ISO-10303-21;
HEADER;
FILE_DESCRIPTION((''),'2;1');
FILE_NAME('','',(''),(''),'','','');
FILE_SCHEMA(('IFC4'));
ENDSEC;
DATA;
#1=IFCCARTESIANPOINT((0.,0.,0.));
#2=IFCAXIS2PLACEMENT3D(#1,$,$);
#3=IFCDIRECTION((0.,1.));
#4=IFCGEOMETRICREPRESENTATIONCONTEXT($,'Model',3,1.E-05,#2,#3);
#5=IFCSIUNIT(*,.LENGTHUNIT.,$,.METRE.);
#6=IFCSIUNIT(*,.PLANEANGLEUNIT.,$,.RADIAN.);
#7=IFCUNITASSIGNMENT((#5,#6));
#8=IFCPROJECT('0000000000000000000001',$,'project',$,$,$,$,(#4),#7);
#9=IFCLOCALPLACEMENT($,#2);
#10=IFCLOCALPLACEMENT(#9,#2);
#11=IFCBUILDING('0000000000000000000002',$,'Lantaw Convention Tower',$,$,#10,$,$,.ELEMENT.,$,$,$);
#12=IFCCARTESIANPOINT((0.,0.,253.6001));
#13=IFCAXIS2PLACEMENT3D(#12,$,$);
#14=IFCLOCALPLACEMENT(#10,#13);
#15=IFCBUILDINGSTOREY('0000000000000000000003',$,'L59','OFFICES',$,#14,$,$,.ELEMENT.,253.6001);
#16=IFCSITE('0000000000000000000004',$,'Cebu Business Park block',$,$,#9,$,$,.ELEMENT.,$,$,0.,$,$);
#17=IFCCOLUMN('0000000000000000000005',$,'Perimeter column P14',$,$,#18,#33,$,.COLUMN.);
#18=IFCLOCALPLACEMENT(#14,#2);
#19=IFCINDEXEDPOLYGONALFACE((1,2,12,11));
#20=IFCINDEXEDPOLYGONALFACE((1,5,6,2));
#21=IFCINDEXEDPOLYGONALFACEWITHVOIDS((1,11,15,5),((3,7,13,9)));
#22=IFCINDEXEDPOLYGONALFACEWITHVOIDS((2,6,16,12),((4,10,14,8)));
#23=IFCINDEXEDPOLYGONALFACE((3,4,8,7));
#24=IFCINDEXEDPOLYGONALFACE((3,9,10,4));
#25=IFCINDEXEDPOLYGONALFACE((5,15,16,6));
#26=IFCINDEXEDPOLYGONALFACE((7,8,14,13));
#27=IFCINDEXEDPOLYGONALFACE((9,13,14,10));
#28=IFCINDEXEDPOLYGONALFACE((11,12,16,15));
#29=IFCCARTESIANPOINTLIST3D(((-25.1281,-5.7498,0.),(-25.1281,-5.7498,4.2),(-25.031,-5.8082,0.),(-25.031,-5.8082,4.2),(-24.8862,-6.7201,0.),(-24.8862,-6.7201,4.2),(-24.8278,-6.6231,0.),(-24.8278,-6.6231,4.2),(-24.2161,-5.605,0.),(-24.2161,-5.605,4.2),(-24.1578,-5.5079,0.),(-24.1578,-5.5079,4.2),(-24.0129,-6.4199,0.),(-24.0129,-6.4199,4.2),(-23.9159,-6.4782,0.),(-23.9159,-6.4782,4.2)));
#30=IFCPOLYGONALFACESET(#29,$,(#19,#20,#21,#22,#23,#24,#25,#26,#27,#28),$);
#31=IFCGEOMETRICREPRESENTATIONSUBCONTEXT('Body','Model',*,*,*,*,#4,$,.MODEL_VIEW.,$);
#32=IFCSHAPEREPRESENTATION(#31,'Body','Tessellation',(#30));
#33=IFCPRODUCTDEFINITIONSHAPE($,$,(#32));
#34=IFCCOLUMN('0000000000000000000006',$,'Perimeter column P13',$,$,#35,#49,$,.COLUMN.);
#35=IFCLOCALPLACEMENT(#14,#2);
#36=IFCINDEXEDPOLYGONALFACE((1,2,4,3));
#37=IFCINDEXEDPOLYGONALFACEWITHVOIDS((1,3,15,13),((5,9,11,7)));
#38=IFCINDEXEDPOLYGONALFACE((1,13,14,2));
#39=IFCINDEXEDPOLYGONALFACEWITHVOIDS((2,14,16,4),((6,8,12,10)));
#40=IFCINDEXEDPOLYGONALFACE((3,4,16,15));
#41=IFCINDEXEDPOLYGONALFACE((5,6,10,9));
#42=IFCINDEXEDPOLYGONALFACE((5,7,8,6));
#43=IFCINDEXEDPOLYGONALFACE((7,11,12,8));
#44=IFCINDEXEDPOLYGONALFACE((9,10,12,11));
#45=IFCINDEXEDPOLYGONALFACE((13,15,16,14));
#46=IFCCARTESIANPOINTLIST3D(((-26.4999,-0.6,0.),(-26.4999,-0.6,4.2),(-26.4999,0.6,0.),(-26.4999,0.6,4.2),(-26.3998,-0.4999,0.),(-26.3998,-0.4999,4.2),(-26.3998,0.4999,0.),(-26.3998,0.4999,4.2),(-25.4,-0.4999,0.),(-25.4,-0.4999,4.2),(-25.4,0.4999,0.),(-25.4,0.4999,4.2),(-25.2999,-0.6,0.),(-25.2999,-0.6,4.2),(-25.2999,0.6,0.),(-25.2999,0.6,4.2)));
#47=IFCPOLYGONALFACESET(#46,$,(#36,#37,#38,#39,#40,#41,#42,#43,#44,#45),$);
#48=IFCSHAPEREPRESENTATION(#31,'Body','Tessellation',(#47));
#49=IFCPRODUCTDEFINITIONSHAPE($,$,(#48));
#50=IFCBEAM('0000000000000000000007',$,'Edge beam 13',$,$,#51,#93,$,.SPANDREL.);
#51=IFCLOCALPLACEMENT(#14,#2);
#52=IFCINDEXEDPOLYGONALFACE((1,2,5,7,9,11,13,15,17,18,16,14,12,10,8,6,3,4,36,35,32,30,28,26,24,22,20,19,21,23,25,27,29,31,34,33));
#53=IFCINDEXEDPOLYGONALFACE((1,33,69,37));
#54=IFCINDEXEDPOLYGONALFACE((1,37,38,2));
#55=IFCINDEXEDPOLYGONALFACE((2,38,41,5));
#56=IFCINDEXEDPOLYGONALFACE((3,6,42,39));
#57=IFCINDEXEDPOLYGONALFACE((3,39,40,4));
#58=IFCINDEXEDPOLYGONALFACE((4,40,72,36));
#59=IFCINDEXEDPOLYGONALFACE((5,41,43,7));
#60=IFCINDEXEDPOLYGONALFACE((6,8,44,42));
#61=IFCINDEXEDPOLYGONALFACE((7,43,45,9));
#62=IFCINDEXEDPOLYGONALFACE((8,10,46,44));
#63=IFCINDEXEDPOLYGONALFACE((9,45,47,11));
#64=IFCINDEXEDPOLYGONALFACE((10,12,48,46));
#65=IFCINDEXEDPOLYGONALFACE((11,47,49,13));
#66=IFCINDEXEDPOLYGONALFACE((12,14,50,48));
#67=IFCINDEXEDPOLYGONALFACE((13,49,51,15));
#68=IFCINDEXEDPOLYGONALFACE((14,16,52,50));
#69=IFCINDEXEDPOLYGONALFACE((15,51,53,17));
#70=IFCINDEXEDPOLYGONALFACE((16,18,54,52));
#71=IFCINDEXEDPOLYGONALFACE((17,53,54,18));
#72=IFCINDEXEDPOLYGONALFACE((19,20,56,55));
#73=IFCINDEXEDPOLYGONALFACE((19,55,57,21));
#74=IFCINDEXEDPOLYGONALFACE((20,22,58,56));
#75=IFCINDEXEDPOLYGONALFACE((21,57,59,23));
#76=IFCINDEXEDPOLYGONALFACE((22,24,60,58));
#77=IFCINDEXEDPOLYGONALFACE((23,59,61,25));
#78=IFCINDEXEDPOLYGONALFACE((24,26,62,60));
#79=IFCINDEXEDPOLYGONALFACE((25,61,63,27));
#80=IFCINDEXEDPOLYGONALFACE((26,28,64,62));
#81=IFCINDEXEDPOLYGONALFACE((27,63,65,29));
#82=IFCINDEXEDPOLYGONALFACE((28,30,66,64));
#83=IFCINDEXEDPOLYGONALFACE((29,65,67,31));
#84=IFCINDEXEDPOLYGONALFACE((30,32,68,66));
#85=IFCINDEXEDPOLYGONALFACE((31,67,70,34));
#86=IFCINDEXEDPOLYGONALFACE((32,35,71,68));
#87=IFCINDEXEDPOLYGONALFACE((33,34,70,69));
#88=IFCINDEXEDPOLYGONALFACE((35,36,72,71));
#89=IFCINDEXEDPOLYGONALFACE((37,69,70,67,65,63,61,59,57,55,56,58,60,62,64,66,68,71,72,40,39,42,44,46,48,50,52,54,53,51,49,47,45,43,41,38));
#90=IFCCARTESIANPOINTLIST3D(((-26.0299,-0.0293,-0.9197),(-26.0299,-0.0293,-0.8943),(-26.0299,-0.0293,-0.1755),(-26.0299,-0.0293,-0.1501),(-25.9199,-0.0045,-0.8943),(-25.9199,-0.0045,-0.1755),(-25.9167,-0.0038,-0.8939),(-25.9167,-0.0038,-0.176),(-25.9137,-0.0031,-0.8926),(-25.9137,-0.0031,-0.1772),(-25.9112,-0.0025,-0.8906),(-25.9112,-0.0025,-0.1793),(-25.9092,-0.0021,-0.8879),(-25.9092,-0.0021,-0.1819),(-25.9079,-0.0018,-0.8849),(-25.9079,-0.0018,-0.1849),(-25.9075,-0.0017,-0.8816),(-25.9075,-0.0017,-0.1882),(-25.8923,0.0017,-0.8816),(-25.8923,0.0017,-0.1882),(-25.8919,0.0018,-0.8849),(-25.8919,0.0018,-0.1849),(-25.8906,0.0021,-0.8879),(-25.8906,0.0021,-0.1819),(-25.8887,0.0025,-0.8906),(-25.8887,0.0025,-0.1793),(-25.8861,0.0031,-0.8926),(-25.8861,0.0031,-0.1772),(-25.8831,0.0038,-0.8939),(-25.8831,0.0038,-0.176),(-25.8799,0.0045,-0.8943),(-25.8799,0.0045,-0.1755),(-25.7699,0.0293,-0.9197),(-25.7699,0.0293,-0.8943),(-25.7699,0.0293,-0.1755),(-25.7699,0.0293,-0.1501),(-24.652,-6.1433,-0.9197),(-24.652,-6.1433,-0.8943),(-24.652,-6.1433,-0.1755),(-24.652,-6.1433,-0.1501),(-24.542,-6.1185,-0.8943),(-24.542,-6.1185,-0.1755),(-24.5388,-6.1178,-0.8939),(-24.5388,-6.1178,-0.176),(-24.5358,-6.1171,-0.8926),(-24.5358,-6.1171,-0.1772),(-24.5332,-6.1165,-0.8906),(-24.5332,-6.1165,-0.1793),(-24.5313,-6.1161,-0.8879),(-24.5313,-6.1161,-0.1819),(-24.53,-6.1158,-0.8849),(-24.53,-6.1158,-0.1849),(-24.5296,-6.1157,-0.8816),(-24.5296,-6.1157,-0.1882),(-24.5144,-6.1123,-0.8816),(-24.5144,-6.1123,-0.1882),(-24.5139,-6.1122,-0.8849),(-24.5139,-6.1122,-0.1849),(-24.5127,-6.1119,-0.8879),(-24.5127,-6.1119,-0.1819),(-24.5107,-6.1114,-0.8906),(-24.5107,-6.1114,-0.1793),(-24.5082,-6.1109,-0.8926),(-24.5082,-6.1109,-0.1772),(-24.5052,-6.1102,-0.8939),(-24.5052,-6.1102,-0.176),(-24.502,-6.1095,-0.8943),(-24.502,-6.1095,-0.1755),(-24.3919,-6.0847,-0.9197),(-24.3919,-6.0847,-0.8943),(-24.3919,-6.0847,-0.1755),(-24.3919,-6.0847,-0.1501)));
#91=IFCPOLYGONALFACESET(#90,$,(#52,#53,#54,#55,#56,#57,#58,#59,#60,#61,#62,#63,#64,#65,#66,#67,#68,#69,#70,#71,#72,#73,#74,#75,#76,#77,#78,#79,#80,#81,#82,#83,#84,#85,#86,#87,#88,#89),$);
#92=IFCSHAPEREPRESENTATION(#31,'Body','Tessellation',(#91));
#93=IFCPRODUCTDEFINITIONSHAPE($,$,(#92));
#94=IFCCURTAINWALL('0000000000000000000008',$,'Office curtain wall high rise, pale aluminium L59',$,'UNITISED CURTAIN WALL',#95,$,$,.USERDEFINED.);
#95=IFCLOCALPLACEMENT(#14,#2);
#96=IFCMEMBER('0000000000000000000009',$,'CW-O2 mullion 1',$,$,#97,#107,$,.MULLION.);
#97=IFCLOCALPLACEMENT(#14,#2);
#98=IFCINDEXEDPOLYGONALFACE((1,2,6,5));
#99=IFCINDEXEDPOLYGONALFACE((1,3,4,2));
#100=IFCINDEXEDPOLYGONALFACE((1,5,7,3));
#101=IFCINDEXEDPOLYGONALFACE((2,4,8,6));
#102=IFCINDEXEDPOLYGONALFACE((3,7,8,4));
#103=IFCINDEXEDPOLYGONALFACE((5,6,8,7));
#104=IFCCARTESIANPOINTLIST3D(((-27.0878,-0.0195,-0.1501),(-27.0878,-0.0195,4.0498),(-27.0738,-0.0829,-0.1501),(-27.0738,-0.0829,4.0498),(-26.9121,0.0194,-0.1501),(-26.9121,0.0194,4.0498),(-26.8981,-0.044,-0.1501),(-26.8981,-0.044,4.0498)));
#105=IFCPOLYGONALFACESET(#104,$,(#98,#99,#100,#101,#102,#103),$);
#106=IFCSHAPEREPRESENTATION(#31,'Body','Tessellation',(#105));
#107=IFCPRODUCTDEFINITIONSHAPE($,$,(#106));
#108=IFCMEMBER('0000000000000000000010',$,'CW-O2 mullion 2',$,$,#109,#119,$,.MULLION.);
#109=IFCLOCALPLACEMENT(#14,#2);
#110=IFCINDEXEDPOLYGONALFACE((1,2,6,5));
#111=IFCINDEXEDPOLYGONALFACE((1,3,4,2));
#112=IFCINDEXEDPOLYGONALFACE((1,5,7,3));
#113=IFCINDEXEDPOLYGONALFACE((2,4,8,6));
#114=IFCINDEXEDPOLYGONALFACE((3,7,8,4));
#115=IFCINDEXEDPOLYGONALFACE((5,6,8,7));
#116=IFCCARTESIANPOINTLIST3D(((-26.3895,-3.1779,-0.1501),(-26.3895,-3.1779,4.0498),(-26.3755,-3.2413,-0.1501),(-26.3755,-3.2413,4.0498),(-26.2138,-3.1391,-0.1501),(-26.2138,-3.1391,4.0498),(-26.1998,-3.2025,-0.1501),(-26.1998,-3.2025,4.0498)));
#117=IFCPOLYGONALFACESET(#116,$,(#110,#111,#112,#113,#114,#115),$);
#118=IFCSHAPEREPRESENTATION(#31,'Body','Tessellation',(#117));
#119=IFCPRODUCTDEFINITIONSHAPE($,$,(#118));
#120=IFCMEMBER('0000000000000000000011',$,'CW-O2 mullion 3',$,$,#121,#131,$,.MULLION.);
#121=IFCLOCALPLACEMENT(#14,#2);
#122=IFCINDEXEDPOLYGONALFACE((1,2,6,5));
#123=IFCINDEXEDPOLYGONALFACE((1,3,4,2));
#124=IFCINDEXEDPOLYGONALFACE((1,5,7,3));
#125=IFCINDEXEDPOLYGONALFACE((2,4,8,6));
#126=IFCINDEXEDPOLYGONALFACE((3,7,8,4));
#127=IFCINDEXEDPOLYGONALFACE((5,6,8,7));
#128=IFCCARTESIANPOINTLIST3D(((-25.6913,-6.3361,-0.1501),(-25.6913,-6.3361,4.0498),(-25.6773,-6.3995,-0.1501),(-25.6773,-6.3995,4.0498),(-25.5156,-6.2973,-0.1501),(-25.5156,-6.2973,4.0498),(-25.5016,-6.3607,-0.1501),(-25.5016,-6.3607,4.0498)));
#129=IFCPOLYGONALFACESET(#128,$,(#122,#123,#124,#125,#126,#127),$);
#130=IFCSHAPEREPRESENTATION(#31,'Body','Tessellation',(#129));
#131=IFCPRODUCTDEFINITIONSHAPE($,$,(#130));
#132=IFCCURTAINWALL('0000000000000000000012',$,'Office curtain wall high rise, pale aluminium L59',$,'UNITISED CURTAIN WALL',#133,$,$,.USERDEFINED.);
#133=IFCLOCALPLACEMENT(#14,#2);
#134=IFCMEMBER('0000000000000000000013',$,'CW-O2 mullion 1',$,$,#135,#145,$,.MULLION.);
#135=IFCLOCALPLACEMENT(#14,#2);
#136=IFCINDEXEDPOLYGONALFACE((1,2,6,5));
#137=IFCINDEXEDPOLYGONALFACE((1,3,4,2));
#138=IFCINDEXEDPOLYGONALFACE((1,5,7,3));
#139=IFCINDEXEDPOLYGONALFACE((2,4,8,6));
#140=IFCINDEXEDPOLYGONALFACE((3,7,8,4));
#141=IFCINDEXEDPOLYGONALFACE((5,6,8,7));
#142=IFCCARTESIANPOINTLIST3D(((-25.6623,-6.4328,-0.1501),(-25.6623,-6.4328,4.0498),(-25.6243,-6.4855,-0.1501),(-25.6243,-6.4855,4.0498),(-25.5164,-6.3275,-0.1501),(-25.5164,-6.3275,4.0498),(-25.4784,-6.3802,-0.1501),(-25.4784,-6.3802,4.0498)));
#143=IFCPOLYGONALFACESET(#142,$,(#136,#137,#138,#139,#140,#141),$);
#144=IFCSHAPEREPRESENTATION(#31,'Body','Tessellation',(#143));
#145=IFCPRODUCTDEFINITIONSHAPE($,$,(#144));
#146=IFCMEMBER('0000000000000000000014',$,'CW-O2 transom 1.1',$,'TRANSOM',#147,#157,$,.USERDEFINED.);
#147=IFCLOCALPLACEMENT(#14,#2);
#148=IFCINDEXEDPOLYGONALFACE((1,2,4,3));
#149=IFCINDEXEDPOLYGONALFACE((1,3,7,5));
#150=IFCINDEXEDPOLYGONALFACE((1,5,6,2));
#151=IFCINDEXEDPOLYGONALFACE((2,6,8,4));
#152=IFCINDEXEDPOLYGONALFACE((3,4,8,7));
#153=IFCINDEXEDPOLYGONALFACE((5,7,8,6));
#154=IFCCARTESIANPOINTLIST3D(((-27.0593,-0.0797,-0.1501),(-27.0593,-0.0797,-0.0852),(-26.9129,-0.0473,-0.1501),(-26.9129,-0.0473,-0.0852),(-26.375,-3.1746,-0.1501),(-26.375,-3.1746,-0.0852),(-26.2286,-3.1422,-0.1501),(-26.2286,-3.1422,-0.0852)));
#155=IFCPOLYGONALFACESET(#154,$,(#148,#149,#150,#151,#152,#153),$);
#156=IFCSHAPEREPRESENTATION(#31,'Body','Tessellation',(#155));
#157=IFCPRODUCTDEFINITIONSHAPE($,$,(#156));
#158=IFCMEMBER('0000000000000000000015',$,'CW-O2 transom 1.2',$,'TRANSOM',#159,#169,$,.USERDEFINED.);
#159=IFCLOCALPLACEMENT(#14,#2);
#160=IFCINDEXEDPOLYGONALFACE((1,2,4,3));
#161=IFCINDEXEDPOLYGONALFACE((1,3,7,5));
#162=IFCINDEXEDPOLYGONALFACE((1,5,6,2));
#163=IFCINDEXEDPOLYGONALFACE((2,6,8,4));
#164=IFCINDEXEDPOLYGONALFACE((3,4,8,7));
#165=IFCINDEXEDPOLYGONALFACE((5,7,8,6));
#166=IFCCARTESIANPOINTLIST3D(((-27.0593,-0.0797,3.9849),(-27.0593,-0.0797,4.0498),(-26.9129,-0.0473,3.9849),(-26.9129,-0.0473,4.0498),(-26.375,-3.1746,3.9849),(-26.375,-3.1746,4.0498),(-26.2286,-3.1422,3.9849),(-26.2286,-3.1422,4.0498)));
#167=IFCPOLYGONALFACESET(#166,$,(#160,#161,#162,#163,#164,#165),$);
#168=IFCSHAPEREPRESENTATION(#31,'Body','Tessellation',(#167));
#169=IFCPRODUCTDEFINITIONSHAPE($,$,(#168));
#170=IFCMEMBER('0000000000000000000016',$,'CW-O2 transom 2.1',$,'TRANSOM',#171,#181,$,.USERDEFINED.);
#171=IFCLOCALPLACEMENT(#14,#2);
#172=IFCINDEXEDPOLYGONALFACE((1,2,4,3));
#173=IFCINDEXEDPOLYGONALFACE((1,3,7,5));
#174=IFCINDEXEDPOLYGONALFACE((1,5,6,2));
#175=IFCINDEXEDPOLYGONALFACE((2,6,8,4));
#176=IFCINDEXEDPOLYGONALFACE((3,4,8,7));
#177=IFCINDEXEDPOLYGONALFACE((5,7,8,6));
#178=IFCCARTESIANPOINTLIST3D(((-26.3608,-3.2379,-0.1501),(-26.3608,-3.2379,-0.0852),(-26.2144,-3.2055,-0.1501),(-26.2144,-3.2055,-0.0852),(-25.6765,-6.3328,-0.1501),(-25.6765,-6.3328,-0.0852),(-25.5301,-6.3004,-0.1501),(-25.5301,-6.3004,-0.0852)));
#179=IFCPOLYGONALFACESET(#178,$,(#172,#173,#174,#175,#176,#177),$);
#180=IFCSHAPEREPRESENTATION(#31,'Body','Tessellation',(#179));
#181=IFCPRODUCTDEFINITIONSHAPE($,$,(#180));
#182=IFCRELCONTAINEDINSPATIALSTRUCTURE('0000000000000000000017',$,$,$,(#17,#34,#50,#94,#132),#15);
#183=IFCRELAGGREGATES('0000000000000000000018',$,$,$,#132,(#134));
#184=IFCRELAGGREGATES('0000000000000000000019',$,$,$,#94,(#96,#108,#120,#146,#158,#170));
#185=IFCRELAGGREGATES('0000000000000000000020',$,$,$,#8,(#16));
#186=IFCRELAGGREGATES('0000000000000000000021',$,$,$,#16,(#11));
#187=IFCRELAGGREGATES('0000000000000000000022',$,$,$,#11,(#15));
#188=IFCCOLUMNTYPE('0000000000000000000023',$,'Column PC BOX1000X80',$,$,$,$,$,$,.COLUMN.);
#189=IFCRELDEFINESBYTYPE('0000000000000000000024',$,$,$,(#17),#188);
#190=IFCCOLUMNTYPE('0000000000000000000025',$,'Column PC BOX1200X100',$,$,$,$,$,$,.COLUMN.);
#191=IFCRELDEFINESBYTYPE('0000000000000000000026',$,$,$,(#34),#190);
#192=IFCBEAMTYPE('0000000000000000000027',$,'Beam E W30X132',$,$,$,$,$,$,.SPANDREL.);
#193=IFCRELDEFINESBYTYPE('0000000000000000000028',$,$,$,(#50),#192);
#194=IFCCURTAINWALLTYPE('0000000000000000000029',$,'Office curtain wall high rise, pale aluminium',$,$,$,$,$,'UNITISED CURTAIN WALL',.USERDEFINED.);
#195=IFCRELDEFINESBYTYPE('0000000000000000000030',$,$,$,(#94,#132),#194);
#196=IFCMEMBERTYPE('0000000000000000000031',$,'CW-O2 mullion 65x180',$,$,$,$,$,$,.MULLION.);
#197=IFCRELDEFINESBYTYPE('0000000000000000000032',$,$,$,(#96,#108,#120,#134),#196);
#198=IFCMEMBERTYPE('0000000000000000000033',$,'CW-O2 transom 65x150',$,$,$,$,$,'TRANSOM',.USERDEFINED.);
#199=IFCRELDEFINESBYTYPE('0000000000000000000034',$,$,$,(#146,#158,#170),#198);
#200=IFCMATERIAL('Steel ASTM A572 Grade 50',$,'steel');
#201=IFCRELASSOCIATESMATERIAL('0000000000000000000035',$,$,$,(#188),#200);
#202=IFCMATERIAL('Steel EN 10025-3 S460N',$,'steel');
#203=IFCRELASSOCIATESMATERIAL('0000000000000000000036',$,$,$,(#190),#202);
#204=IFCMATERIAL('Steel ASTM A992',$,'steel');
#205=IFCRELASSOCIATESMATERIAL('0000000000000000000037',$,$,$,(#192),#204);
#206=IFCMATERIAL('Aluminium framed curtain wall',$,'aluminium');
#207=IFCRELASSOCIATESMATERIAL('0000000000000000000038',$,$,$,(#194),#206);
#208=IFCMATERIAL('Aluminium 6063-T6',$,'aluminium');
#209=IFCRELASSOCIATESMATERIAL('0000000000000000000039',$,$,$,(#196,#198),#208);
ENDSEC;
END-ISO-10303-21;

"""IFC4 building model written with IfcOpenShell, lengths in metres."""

from ifc_helpers import new_model, si_unit, direction, frame, origin, origin_2d, place, context, subcontext, project, spatial, rectangle, hollow_rectangle, i_section, extrude, material, material_profile, profile_set, type_object, element, aggregate, save


model = new_model("IFC4")

# Units and contexts
model_context = context("Model", 3, precision=1e-05, world=origin(), true_north=direction((0.0, 1.0)))
body_context = subcontext(model_context, "Body", "Model", "MODEL_VIEW")
ifc_project = project(units=[si_unit("LENGTHUNIT", "METRE"), si_unit("PLANEANGLEUNIT", "RADIAN")], contexts=[model_context])

# Site, building, storey
site_placement = place(None, origin())
site = spatial("IfcSite", under=ifc_project, at=site_placement, Name="Cebu Business Park block", CompositionType="ELEMENT", RefElevation=0.0)
building_placement = place(site_placement, origin())
building = spatial("IfcBuilding", under=site, at=building_placement, Name="Lantaw Convention Tower", CompositionType="ELEMENT")
storey_placement = place(building_placement, frame((0.0, 0.0, 253.6001)))
storey = spatial("IfcBuildingStorey", under=building, at=storey_placement, Name="L59", Description="OFFICES", CompositionType="ELEMENT", Elevation=253.6001)

# Columns
ifc_material_1 = material(Name="Steel ASTM A572 Grade 50", Category="steel")
ifc_material_profile_1 = material_profile(ifc_material_1, hollow_rectangle(XDim=1.0, YDim=1.0, WallThickness=0.0801, at=origin_2d()), Name="BOX1000X80")
ifc_material_2 = material(Name="Concrete C60/75", Category="concrete")
ifc_material_profile_2 = material_profile(ifc_material_2, rectangle(XDim=0.8401, YDim=0.8401, at=origin_2d()), Name="Concrete fill of BOX1000X80")
ifc_profile_set_1 = profile_set([ifc_material_profile_1, ifc_material_profile_2], Name="Steel ASTM A572 Grade 50")
column_type_1 = type_object("IfcColumnType", Name="Column PC BOX1000X80", PredefinedType="COLUMN", material=ifc_profile_set_1)
column_1_placement = place(storey_placement, frame((-24.522, -6.114, 0.0), z_axis=(0.0, 0.0, 1.0), x_axis=(0.970296, 0.241922, 0.0)))
element("IfcColumn", 1, at=column_1_placement, inside=storey, type_object=column_type_1, Name="Perimeter column P14", PredefinedType="COLUMN", context=body_context, shape_type="SweptSolid", body=[
    extrude(hollow_rectangle(XDim=1.0, YDim=1.0, WallThickness=0.0801, at=origin_2d()), origin(), (0.0, 0.0, 1.0), 4.2),
])
ifc_material_3 = material(Name="Steel EN 10025-3 S460N", Category="steel")
ifc_material_profile_3 = material_profile(ifc_material_3, hollow_rectangle(XDim=1.2, YDim=1.2, WallThickness=0.1001, at=origin_2d()), Name="BOX1200X100")
ifc_material_profile_4 = material_profile(ifc_material_2, rectangle(XDim=1.0, YDim=1.0, at=origin_2d()), Name="Concrete fill of BOX1200X100")
ifc_profile_set_2 = profile_set([ifc_material_profile_3, ifc_material_profile_4], Name="Steel EN 10025-3 S460N")
column_type_2 = type_object("IfcColumnType", Name="Column PC BOX1200X100", PredefinedType="COLUMN", material=ifc_profile_set_2)
column_2_placement = place(storey_placement, frame((-25.8999, 0.0, 0.0), z_axis=(0.0, 0.0, 1.0), x_axis=(1.0, 0.0, 0.0)))
element("IfcColumn", 2, at=column_2_placement, inside=storey, type_object=column_type_2, Name="Perimeter column P13", PredefinedType="COLUMN", context=body_context, shape_type="SweptSolid", body=[
    extrude(hollow_rectangle(XDim=1.2, YDim=1.2, WallThickness=0.1001, at=origin_2d()), origin(), (0.0, 0.0, 1.0), 4.2),
])

# Beam
ifc_material_4 = material(Name="Steel ASTM A992", Category="steel")
ifc_material_profile_5 = material_profile(ifc_material_4, i_section(OverallWidth=0.2666, OverallDepth=0.7695, WebThickness=0.0156, FlangeThickness=0.0254, FilletRadius=0.0127, at=origin_2d()), Name="W30X132")
ifc_profile_set_3 = profile_set([ifc_material_profile_5], Name="Steel ASTM A992")
beam_type = type_object("IfcBeamType", Name="Beam E W30X132", PredefinedType="SPANDREL", material=ifc_profile_set_3)
beam_placement = place(storey_placement, frame((-25.8999, 0.0, -0.5349), z_axis=(0.219858, -0.975532, 0.0), x_axis=(0.975532, 0.219858, 0.0)))
element("IfcBeam", 3, at=beam_placement, inside=storey, type_object=beam_type, Name="Edge beam 13", PredefinedType="SPANDREL", context=body_context, shape_type="SweptSolid", body=[
    extrude(i_section(OverallWidth=0.2666, OverallDepth=0.7695, WebThickness=0.0156, FlangeThickness=0.0254, FilletRadius=0.0127, at=origin_2d()), origin(), (0.0, 0.0, 1.0), 6.2673),
])

# Curtain wall, members
ifc_material_5 = material(Name="Aluminium framed curtain wall", Category="aluminium")
curtain_wall_type = type_object("IfcCurtainWallType", Name="Office curtain wall high rise, pale aluminium", ElementType="UNITISED CURTAIN WALL", PredefinedType="USERDEFINED", material=ifc_material_5)
curtain_wall_1_placement = place(storey_placement, origin())
curtain_wall_1 = element("IfcCurtainWall", 4, at=curtain_wall_1_placement, inside=storey, type_object=curtain_wall_type, Name="Office curtain wall high rise, pale aluminium L59", ObjectType="UNITISED CURTAIN WALL", PredefinedType="USERDEFINED")
ifc_material_6 = material(Name="Aluminium 6063-T6", Category="aluminium")
ifc_material_profile_6 = material_profile(ifc_material_6, rectangle(XDim=0.1799, YDim=0.0649, at=origin_2d()), Name="CW-O2 mullion 65x180")
ifc_profile_set_4 = profile_set([ifc_material_profile_6], Name="Aluminium 6063-T6")
member_type_1 = type_object("IfcMemberType", Name="CW-O2 mullion 65x180", PredefinedType="MULLION", material=ifc_profile_set_4)
member_1_placement = place(storey_placement, frame((-26.9929, -0.0317, -0.1501), z_axis=(0.0, 0.0, 1.0), x_axis=(0.976417, 0.215891, 0.0)))
member_1 = element("IfcMember", 5, at=member_1_placement, type_object=member_type_1, Name="CW-O2 mullion 1", PredefinedType="MULLION", context=body_context, shape_type="SweptSolid", body=[
    extrude(rectangle(XDim=0.1799, YDim=0.0649, at=origin_2d()), origin(), (0.0, 0.0, 1.0), 4.2),
])
member_2_placement = place(storey_placement, frame((-26.2947, -3.1902, -0.1501), z_axis=(0.0, 0.0, 1.0), x_axis=(0.976417, 0.215891, 0.0)))
member_2 = element("IfcMember", 6, at=member_2_placement, type_object=member_type_1, Name="CW-O2 mullion 2", PredefinedType="MULLION", context=body_context, shape_type="SweptSolid", body=[
    extrude(rectangle(XDim=0.1799, YDim=0.0649, at=origin_2d()), origin(), (0.0, 0.0, 1.0), 4.2),
])
member_3_placement = place(storey_placement, frame((-25.5964, -6.3484, -0.1501), z_axis=(0.0, 0.0, 1.0), x_axis=(0.976417, 0.215891, 0.0)))
member_3 = element("IfcMember", 7, at=member_3_placement, type_object=member_type_1, Name="CW-O2 mullion 3", PredefinedType="MULLION", context=body_context, shape_type="SweptSolid", body=[
    extrude(rectangle(XDim=0.1799, YDim=0.0649, at=origin_2d()), origin(), (0.0, 0.0, 1.0), 4.2),
])

# Curtain wall, member
curtain_wall_2_placement = place(storey_placement, origin())
curtain_wall_2 = element("IfcCurtainWall", 8, at=curtain_wall_2_placement, inside=storey, type_object=curtain_wall_type, Name="Office curtain wall high rise, pale aluminium L59", ObjectType="UNITISED CURTAIN WALL", PredefinedType="USERDEFINED")
member_4_placement = place(storey_placement, frame((-25.5703, -6.4065, -0.1501), z_axis=(0.0, 0.0, 1.0), x_axis=(0.81092, 0.585158, 0.0)))
member_4 = element("IfcMember", 9, at=member_4_placement, type_object=member_type_1, Name="CW-O2 mullion 1", PredefinedType="MULLION", context=body_context, shape_type="SweptSolid", body=[
    extrude(rectangle(XDim=0.1799, YDim=0.0649, at=origin_2d()), origin(), (0.0, 0.0, 1.0), 4.2),
])

# Members
ifc_material_profile_7 = material_profile(ifc_material_6, rectangle(XDim=0.1499, YDim=0.0649, at=origin_2d()), Name="CW-O2 transom 65x150")
ifc_profile_set_5 = profile_set([ifc_material_profile_7], Name="Aluminium 6063-T6")
member_type_2 = type_object("IfcMemberType", Name="CW-O2 transom 65x150", ElementType="TRANSOM", PredefinedType="USERDEFINED", material=ifc_profile_set_5)
member_5_placement = place(storey_placement, frame((-26.9861, -0.0635, -0.1177), z_axis=(0.215895, -0.976417, 0.0), x_axis=(0.976417, 0.215895, 0.0)))
member_5 = element("IfcMember", 10, at=member_5_placement, type_object=member_type_2, Name="CW-O2 transom 1.1", ObjectType="TRANSOM", PredefinedType="USERDEFINED", context=body_context, shape_type="SweptSolid", body=[
    extrude(rectangle(XDim=0.1499, YDim=0.0649, at=origin_2d()), origin(), (0.0, 0.0, 1.0), 3.1697),
])
member_6_placement = place(storey_placement, frame((-26.9861, -0.0635, 4.0173), z_axis=(0.215895, -0.976417, 0.0), x_axis=(0.976417, 0.215895, 0.0)))
member_6 = element("IfcMember", 11, at=member_6_placement, type_object=member_type_2, Name="CW-O2 transom 1.2", ObjectType="TRANSOM", PredefinedType="USERDEFINED", context=body_context, shape_type="SweptSolid", body=[
    extrude(rectangle(XDim=0.1499, YDim=0.0649, at=origin_2d()), origin(), (0.0, 0.0, 1.0), 3.1697),
])
member_7_placement = place(storey_placement, frame((-26.2876, -3.2217, -0.1177), z_axis=(0.215895, -0.976417, 0.0), x_axis=(0.976417, 0.215895, 0.0)))
member_7 = element("IfcMember", 12, at=member_7_placement, type_object=member_type_2, Name="CW-O2 transom 2.1", ObjectType="TRANSOM", PredefinedType="USERDEFINED", context=body_context, shape_type="SweptSolid", body=[
    extrude(rectangle(XDim=0.1499, YDim=0.0649, at=origin_2d()), origin(), (0.0, 0.0, 1.0), 3.1697),
])
aggregate(curtain_wall_2, [member_4])

aggregate(curtain_wall_1, [member_1, member_2, member_3, member_5, member_6, member_7])

save(model, "model.ifc")
